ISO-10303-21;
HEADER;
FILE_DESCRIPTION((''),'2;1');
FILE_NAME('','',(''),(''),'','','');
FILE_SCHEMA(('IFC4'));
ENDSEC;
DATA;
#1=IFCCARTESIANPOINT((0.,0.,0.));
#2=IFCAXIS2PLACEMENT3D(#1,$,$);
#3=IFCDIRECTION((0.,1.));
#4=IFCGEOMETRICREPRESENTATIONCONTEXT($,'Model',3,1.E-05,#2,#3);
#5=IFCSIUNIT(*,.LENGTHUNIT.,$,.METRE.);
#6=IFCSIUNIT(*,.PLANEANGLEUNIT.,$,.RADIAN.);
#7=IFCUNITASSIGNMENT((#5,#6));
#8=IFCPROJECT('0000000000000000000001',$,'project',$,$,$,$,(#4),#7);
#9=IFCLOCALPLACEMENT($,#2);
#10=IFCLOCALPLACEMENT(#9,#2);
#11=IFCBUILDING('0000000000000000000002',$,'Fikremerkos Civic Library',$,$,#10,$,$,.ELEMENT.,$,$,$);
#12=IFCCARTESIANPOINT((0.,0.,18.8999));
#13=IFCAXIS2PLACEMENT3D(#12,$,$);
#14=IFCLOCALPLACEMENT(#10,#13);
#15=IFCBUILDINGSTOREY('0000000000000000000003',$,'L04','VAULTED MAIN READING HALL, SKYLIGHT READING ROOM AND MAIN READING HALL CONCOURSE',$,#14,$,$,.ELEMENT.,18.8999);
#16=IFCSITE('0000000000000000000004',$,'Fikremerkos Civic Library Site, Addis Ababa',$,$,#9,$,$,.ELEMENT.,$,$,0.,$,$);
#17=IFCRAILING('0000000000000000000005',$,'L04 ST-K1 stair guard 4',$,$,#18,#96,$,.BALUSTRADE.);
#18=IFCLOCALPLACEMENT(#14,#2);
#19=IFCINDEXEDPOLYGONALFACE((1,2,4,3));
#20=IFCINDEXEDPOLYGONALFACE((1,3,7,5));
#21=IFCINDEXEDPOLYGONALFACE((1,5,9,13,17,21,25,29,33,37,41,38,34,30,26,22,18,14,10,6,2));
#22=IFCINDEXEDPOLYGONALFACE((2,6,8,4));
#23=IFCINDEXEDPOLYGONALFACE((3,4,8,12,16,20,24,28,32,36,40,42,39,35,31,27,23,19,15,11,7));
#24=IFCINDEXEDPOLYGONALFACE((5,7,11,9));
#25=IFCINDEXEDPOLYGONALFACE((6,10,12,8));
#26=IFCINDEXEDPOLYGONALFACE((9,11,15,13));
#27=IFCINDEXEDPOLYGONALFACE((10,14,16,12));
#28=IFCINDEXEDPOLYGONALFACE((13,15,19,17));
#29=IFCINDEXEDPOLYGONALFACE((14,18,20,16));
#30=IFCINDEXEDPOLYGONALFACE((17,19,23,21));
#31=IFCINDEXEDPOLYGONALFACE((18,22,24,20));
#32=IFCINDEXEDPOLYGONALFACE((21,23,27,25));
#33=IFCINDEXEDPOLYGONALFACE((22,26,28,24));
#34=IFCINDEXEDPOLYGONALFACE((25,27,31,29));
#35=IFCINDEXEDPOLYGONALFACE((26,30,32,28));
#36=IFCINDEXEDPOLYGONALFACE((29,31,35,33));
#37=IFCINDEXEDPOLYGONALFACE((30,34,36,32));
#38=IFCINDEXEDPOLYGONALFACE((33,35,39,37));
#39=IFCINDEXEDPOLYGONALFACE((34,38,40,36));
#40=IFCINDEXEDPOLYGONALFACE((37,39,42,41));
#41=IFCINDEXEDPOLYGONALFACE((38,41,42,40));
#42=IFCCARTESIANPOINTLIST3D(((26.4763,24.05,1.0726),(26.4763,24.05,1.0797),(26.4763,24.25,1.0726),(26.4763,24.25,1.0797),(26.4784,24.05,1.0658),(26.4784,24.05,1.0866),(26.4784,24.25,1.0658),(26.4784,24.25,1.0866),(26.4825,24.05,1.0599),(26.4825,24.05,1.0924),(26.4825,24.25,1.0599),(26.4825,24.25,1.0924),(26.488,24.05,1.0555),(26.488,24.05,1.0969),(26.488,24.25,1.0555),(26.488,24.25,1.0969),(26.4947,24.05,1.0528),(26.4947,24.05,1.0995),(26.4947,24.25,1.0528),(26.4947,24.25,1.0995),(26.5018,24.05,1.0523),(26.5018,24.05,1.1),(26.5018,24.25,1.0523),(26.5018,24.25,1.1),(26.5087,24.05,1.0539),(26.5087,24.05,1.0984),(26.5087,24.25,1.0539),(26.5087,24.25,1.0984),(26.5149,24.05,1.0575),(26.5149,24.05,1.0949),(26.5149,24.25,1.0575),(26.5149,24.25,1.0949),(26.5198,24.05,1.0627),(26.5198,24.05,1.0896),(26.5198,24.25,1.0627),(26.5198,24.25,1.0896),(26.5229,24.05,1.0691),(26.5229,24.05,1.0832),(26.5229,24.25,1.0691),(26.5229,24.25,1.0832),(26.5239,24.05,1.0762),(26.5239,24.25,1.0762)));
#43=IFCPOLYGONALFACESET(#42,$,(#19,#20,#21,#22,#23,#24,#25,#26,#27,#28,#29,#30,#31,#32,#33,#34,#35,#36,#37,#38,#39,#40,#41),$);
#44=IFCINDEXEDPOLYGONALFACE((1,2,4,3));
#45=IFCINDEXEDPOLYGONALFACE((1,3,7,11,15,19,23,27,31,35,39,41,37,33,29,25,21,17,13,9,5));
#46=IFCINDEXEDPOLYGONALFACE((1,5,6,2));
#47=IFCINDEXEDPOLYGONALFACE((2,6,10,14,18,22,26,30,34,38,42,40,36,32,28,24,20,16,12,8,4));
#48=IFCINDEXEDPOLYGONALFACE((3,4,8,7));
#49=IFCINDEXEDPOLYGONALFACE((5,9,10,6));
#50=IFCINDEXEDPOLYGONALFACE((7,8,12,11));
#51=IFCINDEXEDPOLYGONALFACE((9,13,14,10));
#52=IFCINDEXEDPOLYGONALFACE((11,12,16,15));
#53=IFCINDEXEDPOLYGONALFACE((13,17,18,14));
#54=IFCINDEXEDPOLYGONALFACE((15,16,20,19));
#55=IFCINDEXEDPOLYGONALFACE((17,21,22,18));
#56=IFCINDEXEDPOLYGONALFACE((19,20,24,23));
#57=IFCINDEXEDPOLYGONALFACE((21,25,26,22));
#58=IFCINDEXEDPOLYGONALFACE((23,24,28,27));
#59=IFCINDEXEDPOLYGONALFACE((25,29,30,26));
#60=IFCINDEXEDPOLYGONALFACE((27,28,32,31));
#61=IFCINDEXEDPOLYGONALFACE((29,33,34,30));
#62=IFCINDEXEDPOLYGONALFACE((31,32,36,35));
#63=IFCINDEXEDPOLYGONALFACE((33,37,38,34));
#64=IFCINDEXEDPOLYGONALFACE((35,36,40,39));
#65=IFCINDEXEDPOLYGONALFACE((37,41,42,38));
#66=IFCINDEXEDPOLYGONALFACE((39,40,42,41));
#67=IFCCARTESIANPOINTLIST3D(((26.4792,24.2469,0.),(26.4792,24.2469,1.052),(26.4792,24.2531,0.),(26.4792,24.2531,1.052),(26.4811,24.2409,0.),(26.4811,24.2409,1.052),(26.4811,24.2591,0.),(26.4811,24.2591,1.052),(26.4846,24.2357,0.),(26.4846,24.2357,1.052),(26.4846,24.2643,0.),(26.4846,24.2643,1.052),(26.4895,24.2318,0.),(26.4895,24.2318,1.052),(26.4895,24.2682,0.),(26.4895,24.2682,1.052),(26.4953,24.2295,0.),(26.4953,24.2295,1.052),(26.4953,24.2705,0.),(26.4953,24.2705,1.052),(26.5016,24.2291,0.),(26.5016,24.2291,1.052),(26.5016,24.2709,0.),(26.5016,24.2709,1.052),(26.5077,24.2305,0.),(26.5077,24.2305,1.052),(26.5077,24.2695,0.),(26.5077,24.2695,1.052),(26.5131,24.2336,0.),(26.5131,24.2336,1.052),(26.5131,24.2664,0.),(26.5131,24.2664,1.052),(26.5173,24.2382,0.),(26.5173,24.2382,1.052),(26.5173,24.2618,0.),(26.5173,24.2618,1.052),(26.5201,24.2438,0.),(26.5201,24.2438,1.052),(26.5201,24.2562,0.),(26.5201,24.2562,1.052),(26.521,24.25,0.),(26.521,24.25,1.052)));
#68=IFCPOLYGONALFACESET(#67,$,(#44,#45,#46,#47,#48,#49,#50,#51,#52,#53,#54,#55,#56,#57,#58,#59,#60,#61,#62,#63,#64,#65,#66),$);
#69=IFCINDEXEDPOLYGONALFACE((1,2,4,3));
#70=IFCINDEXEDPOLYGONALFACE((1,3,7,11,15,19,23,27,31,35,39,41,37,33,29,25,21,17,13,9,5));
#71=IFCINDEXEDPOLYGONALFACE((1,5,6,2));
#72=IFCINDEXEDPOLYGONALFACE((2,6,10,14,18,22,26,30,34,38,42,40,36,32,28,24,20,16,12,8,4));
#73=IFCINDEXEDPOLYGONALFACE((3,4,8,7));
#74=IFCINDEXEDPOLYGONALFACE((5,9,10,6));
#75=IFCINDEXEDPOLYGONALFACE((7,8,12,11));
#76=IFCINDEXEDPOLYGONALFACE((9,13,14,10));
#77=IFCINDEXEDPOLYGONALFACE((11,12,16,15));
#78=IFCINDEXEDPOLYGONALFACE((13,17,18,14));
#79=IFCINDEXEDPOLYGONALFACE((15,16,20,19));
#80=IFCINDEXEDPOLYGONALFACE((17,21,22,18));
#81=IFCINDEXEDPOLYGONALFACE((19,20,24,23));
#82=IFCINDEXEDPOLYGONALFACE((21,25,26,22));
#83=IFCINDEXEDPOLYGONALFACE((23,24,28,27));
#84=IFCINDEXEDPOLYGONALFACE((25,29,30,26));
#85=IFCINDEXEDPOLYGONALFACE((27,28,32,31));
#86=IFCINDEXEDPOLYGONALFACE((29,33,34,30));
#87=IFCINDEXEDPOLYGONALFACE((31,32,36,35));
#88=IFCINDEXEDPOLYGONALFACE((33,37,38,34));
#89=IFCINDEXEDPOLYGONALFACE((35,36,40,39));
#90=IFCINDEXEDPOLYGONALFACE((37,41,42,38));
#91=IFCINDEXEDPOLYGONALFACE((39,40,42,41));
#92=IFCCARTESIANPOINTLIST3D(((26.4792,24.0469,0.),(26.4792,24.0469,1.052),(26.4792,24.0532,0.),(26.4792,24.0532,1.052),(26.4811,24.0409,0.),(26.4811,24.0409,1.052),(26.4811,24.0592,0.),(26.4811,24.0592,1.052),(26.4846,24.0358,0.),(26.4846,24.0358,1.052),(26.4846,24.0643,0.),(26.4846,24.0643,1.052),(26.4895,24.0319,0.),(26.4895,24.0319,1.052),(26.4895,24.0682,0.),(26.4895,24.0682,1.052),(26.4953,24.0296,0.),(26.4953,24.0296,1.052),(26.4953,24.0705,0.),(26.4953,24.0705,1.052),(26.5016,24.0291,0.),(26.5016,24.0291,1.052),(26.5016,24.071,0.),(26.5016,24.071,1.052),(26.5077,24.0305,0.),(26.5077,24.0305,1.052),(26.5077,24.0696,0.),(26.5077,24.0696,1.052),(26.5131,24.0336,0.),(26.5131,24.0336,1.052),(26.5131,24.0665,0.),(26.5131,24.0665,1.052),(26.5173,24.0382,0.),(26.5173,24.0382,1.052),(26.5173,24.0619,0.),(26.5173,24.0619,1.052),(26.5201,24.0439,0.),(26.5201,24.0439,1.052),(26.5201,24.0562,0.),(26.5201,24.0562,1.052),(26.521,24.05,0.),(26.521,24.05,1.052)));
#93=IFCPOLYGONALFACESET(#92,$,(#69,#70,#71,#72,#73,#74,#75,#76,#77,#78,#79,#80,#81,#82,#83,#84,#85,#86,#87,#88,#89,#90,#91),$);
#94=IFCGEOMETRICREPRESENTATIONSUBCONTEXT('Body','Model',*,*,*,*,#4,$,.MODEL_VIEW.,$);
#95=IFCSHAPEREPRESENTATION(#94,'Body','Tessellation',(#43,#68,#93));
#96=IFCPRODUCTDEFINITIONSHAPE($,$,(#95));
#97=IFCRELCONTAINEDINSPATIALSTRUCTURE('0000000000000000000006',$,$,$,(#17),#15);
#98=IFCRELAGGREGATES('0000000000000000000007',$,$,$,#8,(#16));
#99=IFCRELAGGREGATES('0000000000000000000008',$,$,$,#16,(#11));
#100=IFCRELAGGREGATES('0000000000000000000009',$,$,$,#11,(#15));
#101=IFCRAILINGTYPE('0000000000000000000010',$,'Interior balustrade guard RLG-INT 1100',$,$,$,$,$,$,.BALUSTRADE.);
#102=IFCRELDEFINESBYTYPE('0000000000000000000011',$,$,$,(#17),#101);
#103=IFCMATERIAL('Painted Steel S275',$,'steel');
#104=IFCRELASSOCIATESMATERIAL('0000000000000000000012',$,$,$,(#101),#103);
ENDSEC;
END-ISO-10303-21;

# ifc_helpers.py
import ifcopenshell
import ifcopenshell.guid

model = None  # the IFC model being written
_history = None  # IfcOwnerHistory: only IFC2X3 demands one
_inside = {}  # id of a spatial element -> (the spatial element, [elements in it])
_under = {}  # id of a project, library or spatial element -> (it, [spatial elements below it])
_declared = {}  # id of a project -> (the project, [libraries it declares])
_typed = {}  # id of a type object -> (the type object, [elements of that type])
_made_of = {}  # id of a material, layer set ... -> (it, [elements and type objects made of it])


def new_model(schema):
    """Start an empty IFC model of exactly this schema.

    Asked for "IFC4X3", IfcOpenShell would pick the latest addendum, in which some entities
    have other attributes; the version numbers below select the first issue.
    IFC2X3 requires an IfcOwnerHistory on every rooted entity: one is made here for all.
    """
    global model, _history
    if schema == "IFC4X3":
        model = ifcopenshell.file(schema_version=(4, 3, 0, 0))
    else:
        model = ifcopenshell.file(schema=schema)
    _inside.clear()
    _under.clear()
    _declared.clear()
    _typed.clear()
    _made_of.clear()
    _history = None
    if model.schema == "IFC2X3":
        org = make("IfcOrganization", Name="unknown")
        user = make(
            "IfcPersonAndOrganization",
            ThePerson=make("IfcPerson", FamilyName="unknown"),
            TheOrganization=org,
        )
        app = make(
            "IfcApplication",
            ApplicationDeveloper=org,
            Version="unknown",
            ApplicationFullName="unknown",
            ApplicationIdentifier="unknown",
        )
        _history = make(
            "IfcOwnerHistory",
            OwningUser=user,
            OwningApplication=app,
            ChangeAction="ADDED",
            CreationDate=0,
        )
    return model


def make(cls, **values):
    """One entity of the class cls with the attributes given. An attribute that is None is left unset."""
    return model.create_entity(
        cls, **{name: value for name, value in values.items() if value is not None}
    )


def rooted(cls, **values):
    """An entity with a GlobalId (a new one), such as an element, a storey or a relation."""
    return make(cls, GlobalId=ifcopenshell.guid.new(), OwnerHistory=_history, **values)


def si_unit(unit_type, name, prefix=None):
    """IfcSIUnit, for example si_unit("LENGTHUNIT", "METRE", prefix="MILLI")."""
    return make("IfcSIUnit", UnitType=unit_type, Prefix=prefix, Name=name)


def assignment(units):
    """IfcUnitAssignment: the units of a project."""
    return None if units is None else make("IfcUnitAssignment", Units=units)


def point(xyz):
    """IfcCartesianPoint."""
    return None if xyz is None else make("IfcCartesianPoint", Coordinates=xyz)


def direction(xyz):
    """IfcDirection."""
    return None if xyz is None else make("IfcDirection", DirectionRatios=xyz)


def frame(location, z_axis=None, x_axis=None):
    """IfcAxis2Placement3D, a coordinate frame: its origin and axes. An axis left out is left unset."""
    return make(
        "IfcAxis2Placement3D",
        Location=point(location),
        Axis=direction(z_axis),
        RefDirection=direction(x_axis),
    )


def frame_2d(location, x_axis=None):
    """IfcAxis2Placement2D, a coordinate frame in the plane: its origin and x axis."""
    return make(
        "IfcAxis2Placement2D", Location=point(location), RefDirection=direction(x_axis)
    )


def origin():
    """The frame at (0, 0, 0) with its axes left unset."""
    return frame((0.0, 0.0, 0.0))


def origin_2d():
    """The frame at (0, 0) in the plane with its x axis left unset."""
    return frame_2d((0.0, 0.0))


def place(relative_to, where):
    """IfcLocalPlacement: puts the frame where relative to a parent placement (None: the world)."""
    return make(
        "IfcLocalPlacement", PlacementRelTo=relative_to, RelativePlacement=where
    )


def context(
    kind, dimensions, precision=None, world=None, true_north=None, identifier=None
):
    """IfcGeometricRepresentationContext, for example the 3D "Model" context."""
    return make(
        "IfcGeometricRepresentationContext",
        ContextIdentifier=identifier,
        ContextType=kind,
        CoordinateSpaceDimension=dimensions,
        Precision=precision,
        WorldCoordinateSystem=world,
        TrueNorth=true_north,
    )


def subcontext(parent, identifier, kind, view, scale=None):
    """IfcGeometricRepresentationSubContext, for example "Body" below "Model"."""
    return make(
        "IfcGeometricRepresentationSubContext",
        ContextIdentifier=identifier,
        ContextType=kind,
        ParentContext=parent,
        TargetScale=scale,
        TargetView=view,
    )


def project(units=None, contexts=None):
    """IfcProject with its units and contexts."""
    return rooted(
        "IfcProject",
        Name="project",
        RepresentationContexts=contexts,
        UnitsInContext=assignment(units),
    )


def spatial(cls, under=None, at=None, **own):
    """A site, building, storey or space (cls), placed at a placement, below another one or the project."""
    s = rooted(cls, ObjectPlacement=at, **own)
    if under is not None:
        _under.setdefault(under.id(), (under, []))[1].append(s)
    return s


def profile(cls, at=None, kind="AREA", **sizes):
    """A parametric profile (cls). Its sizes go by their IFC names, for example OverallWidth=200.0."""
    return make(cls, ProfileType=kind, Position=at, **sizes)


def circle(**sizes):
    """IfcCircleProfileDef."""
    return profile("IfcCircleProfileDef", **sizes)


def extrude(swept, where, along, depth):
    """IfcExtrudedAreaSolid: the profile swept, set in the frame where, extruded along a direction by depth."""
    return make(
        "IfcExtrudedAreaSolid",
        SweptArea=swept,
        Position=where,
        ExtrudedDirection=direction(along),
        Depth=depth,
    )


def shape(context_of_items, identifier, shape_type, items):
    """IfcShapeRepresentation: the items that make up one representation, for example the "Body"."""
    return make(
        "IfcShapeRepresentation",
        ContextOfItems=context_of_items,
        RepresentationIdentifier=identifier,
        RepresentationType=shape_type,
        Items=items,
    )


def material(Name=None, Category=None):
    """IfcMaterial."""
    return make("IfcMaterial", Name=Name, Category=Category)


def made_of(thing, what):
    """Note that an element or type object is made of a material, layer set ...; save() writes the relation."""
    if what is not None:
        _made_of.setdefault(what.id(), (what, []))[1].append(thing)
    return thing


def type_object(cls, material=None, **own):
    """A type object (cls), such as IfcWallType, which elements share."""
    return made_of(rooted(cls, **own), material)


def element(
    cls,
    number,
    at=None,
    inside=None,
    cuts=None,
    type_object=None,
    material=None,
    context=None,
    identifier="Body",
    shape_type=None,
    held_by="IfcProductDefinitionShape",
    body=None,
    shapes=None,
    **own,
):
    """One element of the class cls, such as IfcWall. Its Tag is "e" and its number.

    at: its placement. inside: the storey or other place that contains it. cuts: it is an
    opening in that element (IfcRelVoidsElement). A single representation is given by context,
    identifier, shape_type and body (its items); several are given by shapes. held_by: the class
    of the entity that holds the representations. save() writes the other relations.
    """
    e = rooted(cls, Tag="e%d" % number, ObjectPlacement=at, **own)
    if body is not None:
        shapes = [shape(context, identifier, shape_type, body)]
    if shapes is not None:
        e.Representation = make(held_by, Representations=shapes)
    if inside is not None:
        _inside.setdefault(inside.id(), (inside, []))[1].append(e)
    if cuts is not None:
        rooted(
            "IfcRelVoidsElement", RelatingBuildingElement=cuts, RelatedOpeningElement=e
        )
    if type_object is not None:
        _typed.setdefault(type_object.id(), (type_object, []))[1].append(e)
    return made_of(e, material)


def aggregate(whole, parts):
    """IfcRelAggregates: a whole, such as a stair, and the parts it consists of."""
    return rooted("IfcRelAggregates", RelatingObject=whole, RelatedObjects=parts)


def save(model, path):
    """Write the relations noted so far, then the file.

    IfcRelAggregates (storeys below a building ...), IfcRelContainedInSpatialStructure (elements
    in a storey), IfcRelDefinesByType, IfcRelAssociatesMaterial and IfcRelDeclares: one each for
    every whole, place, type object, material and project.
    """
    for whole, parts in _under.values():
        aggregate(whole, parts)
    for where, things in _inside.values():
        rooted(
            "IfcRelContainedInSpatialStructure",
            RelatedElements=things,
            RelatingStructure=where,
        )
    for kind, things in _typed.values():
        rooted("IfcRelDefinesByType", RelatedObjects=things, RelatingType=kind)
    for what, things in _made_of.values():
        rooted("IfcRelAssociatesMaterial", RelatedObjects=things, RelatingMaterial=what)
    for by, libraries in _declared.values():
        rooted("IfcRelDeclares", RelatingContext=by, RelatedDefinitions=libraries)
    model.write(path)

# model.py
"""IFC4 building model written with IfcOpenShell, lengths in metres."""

from ifc_helpers import new_model, si_unit, direction, frame, origin, origin_2d, place, context, subcontext, project, spatial, circle, extrude, material, type_object, element, save


model = new_model("IFC4")

# Units and contexts
model_context = context("Model", 3, precision=1e-05, world=origin(), true_north=direction((0.0, 1.0)))
body_context = subcontext(model_context, "Body", "Model", "MODEL_VIEW")
ifc_project = project(units=[si_unit("LENGTHUNIT", "METRE"), si_unit("PLANEANGLEUNIT", "RADIAN")], contexts=[model_context])

# Site, building, storey
site_placement = place(None, origin())
site = spatial("IfcSite", under=ifc_project, at=site_placement, Name="Fikremerkos Civic Library Site, Addis Ababa", CompositionType="ELEMENT", RefElevation=0.0)
building_placement = place(site_placement, origin())
building = spatial("IfcBuilding", under=site, at=building_placement, Name="Fikremerkos Civic Library", CompositionType="ELEMENT")
storey_placement = place(building_placement, frame((0.0, 0.0, 18.8999)))
storey = spatial("IfcBuildingStorey", under=building, at=storey_placement, Name="L04", Description="VAULTED MAIN READING HALL, SKYLIGHT READING ROOM AND MAIN READING HALL CONCOURSE", CompositionType="ELEMENT", Elevation=18.8999)

# Railing
ifc_material_1 = material(Name="Painted Steel S275", Category="steel")
railing_type_1 = type_object("IfcRailingType", Name="Interior balustrade guard RLG-INT 1100", PredefinedType="BALUSTRADE", material=ifc_material_1)
railing_1_placement = place(storey_placement, frame((26.5, 24.25, 0.0)))
element("IfcRailing", 1, at=railing_1_placement, inside=storey, type_object=railing_type_1, Name="L04 ST-K1 stair guard 4", PredefinedType="BALUSTRADE", context=body_context, shape_type="SweptSolid", body=[
    extrude(circle(Radius=0.0239, at=origin_2d()), frame((0.0, 0.0, 1.0762), z_axis=(0.0, -1.0, 0.0), x_axis=(1.0, 0.0, 0.0)), (0.0, 0.0, 1.0), 0.2),
    extrude(circle(Radius=0.021, at=origin_2d()), origin(), (0.0, 0.0, 1.0), 1.052),
    extrude(circle(Radius=0.021, at=origin_2d()), frame((0.0, -0.2, 0.0)), (0.0, 0.0, 1.0), 1.052),
])

save(model, "model.ifc")
